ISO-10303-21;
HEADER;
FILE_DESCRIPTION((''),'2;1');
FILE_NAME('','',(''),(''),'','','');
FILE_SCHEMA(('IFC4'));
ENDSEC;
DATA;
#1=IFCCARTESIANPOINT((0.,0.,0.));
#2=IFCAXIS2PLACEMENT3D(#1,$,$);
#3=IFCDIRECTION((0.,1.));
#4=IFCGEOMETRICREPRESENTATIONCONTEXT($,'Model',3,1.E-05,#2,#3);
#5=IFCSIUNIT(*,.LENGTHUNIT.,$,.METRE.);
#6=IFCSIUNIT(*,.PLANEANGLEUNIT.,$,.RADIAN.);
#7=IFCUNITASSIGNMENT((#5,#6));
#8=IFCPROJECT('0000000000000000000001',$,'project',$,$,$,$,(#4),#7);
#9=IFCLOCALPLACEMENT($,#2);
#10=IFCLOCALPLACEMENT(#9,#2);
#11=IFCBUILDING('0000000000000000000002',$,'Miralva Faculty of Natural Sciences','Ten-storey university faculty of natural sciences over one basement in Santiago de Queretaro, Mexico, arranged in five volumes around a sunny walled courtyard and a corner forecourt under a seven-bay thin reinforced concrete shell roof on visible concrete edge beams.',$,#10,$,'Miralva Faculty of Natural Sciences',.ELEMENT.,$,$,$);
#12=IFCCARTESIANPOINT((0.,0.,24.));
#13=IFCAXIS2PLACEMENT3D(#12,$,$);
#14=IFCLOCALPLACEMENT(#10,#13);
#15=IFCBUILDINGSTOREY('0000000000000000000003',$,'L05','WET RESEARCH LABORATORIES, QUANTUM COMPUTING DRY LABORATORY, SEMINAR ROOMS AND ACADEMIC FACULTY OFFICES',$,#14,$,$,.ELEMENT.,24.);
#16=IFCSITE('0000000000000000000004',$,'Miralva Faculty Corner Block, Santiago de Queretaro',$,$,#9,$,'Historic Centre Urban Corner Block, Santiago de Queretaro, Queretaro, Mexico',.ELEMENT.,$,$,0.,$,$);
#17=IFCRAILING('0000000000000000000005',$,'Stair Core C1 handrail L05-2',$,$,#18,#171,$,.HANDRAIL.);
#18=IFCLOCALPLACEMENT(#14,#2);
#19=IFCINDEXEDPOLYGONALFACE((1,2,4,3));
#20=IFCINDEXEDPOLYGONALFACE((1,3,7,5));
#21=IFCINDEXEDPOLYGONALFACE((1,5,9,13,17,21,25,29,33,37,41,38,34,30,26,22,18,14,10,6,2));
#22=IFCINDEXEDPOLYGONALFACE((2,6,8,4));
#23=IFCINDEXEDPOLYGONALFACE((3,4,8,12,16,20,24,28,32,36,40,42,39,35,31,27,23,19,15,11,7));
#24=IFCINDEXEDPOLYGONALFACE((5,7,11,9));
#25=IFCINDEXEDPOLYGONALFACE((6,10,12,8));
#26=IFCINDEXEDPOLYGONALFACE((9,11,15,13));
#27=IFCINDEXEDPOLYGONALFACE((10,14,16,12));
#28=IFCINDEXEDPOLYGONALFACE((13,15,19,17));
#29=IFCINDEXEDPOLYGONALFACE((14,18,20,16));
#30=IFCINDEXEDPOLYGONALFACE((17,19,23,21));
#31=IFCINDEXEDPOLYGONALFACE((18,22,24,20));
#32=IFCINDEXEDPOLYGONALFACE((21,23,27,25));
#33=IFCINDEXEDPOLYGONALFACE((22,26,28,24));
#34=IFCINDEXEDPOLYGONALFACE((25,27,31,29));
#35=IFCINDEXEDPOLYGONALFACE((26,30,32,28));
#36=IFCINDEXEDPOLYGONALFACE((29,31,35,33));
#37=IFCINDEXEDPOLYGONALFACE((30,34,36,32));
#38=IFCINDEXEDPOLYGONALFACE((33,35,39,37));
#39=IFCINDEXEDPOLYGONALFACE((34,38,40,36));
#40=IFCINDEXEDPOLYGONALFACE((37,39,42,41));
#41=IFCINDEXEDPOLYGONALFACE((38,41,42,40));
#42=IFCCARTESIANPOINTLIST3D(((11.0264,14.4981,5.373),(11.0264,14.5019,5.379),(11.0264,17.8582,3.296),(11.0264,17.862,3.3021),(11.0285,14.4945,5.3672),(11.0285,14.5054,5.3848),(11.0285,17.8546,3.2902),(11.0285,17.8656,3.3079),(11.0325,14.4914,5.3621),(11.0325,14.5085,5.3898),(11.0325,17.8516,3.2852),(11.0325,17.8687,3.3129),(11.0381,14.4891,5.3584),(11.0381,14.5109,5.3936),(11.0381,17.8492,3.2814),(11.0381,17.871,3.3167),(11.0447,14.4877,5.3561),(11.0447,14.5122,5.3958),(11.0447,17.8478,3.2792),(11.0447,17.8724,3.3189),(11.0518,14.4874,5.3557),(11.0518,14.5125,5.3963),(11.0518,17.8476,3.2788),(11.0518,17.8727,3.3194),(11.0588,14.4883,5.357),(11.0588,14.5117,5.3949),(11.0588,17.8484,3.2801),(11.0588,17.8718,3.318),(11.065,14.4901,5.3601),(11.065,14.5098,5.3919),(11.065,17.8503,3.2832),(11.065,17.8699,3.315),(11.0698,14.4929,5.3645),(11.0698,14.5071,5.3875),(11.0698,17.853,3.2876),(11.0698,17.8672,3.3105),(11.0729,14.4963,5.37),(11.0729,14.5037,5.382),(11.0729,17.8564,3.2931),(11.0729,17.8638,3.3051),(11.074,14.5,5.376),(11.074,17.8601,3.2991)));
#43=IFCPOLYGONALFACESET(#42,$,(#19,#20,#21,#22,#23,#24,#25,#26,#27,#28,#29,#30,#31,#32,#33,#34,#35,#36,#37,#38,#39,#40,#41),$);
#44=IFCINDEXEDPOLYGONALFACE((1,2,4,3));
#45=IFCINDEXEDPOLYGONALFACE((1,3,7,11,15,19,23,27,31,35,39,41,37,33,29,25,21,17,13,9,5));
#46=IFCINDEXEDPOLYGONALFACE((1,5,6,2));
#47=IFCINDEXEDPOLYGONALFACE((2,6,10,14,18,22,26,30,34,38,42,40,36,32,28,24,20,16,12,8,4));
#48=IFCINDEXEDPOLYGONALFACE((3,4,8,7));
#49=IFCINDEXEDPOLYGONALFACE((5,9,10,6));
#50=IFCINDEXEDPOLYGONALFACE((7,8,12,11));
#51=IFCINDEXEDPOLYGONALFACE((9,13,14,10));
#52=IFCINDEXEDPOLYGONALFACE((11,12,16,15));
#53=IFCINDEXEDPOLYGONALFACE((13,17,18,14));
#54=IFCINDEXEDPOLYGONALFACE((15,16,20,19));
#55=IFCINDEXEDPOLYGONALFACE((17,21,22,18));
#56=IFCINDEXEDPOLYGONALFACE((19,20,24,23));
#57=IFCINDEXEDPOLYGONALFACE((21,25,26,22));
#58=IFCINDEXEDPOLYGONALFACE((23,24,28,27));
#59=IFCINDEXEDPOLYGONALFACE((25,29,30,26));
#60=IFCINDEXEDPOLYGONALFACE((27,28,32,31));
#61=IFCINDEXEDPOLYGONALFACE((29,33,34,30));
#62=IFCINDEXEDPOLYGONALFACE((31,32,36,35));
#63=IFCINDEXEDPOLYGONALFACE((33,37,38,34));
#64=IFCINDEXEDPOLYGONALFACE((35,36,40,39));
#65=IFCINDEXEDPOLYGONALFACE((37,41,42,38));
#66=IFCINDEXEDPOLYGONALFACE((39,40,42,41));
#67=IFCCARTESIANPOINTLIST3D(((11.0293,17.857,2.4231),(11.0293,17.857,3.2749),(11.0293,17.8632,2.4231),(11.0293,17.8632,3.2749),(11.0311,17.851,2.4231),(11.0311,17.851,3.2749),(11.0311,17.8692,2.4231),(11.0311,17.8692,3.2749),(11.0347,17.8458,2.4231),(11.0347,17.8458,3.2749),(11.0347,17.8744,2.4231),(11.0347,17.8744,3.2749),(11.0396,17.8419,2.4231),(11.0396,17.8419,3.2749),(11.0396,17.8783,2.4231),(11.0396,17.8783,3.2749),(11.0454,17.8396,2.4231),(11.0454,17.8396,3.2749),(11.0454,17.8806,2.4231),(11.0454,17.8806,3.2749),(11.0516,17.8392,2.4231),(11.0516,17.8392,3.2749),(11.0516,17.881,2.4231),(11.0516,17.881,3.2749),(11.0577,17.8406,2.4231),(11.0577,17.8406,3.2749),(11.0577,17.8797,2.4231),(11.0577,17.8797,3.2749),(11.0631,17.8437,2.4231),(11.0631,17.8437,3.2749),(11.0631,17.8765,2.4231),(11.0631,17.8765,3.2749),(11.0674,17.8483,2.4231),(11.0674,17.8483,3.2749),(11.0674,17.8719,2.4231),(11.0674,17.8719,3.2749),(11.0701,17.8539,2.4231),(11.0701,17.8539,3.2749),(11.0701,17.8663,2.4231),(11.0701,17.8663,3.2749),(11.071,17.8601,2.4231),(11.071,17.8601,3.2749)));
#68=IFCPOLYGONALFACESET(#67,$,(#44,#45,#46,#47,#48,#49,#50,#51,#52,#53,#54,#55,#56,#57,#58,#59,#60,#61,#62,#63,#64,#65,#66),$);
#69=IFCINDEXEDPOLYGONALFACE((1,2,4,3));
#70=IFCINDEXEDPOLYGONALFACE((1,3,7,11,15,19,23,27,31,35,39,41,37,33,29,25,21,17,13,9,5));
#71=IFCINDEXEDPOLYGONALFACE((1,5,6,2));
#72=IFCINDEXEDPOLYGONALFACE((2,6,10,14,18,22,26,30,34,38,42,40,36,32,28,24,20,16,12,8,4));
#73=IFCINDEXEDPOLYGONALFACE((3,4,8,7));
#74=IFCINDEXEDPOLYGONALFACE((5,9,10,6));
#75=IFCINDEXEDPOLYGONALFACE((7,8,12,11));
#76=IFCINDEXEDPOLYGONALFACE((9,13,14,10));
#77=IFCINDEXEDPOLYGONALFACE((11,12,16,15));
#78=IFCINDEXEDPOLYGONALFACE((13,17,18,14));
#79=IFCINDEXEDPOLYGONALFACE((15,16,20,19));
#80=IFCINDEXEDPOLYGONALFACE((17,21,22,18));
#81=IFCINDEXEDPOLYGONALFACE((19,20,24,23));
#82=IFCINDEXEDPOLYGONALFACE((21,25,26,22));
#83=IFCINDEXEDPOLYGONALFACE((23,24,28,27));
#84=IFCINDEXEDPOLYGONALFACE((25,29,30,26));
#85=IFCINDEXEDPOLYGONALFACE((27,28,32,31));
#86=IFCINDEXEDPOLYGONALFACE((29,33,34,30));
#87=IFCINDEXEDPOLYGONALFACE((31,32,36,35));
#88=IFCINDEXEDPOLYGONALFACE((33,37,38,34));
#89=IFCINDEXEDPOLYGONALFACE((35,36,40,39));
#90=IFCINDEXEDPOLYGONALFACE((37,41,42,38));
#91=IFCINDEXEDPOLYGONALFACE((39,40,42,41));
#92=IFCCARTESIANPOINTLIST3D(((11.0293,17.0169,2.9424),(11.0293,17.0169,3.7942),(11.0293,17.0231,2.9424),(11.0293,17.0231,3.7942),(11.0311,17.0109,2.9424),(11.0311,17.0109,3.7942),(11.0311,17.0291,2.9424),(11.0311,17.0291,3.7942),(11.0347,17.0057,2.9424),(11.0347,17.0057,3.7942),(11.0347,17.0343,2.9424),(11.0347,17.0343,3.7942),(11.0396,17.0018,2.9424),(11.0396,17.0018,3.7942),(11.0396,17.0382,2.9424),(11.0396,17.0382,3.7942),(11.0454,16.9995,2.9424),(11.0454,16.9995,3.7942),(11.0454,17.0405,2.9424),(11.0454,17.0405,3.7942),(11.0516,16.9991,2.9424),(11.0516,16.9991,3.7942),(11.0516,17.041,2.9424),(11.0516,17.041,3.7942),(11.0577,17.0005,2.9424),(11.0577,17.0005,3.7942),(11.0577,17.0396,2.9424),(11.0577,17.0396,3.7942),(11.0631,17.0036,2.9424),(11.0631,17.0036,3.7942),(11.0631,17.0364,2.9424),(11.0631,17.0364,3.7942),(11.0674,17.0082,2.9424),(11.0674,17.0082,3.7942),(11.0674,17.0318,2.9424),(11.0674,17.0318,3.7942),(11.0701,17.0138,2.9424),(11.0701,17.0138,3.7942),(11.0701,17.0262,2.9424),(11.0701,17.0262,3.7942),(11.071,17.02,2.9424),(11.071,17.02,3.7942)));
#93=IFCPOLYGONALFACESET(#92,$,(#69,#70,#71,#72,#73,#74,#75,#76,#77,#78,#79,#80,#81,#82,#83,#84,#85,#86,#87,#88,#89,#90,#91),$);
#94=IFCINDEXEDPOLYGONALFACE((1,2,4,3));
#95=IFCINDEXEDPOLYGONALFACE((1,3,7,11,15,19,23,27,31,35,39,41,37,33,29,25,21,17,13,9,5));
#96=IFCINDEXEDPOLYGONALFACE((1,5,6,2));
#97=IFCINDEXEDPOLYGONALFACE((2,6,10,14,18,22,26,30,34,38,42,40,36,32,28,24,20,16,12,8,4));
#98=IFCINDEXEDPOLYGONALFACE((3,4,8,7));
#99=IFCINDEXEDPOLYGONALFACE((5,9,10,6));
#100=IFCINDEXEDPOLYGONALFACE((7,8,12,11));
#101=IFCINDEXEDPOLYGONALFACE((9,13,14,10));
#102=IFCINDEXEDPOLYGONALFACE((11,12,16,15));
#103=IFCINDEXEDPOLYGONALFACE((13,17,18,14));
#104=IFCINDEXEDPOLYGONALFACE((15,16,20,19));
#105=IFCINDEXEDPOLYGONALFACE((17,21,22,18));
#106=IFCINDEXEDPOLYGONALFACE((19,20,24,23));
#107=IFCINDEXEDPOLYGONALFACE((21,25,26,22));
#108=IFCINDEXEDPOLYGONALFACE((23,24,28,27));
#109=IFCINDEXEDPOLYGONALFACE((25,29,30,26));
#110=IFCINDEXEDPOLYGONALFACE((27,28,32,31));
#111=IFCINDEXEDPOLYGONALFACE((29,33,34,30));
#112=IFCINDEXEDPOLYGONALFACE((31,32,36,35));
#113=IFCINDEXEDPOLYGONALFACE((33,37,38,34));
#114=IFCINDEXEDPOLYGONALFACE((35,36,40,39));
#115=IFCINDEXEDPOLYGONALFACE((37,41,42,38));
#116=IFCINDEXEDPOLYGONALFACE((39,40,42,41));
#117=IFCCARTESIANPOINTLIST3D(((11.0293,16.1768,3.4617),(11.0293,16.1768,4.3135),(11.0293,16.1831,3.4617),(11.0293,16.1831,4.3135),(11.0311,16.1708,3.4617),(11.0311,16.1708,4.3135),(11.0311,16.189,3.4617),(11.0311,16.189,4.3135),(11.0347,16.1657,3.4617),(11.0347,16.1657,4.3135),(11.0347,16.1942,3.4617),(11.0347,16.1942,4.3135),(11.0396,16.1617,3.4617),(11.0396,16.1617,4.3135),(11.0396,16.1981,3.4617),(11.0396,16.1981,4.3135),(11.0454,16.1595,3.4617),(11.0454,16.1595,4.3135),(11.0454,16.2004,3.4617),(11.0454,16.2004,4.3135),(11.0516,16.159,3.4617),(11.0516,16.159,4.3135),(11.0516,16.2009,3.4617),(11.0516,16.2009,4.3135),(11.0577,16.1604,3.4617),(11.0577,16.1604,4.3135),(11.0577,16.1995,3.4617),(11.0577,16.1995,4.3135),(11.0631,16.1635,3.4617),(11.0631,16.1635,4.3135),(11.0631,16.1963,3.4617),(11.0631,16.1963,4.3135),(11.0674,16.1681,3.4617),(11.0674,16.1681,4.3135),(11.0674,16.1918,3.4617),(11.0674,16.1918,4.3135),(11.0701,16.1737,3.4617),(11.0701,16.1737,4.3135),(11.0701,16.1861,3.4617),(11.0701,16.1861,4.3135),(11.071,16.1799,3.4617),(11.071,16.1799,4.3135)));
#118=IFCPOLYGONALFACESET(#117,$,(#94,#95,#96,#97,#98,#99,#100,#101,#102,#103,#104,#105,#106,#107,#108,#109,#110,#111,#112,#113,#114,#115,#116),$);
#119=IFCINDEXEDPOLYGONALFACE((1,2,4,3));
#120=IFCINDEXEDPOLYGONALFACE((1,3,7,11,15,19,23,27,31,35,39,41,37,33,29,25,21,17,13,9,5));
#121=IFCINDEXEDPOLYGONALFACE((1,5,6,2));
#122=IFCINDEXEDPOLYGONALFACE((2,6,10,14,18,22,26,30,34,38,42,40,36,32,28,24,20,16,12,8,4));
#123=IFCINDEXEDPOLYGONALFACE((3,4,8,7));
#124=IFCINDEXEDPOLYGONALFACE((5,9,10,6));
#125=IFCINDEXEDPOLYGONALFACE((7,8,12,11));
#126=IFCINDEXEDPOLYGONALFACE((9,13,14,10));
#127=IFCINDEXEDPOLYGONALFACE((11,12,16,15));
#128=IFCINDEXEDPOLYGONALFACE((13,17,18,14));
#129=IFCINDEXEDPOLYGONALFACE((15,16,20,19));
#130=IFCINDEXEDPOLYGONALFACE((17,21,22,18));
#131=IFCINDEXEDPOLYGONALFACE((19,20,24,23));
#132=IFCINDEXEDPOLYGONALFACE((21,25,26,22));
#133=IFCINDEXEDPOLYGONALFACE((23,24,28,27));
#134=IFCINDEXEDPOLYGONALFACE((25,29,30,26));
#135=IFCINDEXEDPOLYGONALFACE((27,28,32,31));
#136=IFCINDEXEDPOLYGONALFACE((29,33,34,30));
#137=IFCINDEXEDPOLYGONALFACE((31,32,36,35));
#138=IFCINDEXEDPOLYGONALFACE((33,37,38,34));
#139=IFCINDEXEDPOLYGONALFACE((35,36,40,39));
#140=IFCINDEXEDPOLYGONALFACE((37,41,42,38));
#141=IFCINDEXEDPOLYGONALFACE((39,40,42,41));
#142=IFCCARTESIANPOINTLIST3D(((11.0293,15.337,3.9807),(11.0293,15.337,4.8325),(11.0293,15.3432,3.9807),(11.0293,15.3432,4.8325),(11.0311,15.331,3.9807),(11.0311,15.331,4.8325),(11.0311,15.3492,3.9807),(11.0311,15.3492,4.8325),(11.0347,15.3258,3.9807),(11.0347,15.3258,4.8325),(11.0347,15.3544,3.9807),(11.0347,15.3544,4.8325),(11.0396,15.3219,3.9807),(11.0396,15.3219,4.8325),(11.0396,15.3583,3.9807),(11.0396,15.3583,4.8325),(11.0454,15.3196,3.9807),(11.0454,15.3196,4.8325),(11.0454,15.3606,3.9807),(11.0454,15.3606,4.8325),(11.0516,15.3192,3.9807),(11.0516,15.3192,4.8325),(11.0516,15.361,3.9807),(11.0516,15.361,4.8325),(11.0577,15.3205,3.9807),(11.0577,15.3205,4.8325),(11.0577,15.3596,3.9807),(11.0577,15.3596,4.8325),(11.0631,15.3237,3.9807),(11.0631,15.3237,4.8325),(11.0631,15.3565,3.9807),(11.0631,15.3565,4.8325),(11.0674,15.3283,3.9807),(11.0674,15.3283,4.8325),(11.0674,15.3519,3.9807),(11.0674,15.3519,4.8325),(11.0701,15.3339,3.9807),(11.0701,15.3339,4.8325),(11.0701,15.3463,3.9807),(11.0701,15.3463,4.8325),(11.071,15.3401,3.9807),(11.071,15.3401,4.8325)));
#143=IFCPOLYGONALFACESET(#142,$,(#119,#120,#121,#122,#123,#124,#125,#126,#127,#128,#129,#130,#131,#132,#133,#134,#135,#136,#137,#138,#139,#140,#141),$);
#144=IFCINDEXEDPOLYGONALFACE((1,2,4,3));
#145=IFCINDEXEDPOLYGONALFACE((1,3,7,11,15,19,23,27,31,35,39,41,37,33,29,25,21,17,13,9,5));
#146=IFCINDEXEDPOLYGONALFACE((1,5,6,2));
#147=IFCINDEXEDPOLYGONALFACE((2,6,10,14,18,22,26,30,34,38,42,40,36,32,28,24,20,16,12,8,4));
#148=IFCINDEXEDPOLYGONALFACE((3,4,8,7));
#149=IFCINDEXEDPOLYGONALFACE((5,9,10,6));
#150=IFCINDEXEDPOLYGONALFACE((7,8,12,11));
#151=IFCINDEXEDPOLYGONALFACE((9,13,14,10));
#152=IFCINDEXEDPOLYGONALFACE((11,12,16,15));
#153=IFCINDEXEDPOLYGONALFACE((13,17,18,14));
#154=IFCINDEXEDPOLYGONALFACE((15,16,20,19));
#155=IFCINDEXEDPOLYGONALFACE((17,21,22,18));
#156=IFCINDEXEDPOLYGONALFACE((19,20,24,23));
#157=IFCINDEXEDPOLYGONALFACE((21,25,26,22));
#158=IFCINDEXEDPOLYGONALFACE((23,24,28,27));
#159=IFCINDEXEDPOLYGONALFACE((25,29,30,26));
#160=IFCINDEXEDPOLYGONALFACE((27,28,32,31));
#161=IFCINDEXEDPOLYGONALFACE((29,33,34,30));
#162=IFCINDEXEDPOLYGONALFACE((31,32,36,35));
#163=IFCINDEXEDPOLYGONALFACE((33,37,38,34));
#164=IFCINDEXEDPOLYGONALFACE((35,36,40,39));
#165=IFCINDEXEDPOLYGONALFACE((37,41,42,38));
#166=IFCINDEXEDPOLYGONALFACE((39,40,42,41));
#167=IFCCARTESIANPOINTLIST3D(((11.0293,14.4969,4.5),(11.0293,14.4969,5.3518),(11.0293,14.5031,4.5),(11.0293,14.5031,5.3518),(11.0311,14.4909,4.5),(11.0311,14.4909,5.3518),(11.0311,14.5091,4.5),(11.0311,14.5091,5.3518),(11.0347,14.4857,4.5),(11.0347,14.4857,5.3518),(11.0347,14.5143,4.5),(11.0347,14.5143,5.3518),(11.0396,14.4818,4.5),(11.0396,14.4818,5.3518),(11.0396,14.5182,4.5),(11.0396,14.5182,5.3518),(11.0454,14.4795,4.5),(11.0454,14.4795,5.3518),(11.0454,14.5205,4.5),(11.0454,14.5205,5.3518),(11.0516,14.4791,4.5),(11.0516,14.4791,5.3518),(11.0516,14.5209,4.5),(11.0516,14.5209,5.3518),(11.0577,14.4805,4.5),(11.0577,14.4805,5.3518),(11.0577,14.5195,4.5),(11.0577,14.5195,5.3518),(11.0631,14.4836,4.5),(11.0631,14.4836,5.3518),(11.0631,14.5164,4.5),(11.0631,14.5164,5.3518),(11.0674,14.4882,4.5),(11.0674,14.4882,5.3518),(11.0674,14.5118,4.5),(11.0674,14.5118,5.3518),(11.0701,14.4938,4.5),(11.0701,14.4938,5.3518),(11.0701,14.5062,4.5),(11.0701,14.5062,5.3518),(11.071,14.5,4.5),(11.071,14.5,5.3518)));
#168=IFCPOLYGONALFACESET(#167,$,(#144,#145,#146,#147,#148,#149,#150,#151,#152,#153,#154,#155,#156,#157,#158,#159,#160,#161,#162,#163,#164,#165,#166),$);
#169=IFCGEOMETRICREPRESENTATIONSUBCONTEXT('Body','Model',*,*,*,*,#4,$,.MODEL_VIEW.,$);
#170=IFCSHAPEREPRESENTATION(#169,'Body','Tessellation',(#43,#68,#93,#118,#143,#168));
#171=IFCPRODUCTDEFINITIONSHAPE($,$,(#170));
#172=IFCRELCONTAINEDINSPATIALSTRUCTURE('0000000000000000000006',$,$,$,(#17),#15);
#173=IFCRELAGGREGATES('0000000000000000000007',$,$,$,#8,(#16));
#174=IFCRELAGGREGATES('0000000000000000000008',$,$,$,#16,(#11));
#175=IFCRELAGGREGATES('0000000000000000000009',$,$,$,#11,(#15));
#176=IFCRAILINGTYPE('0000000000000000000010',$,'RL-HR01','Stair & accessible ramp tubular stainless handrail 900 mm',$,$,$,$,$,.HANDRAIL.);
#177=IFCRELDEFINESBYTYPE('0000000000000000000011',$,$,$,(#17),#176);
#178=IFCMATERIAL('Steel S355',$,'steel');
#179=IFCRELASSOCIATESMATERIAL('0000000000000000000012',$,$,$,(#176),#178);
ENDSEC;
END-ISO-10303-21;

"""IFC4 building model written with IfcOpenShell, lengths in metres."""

from ifc_helpers import new_model, si_unit, direction, frame, origin, origin_2d, place, context, subcontext, project, spatial, circle, extrude, material, type_object, element, save


model = new_model("IFC4")

# Units and contexts
model_context = context("Model", 3, precision=1e-05, world=origin(), true_north=direction((0.0, 1.0)))
body_context = subcontext(model_context, "Body", "Model", "MODEL_VIEW")
ifc_project = project(units=[si_unit("LENGTHUNIT", "METRE"), si_unit("PLANEANGLEUNIT", "RADIAN")], contexts=[model_context])

# Site, building, storey
site_placement = place(None, origin())
site = spatial("IfcSite", under=ifc_project, at=site_placement, Name="Miralva Faculty Corner Block, Santiago de Queretaro", LongName="Historic Centre Urban Corner Block, Santiago de Queretaro, Queretaro, Mexico", CompositionType="ELEMENT", RefElevation=0.0)
building_placement = place(site_placement, origin())
building = spatial("IfcBuilding", under=site, at=building_placement, Name="Miralva Faculty of Natural Sciences", Description="Ten-storey university faculty of natural sciences over one basement in Santiago de Queretaro, Mexico, arranged in five volumes around a sunny walled courtyard and a corner forecourt under a seven-bay thin reinforced concrete shell roof on visible concrete edge beams.", LongName="Miralva Faculty of Natural Sciences", CompositionType="ELEMENT")
storey_placement = place(building_placement, frame((0.0, 0.0, 24.0)))
storey = spatial("IfcBuildingStorey", under=building, at=storey_placement, Name="L05", Description="WET RESEARCH LABORATORIES, QUANTUM COMPUTING DRY LABORATORY, SEMINAR ROOMS AND ACADEMIC FACULTY OFFICES", CompositionType="ELEMENT", Elevation=24.0)

# Railing
ifc_material_1 = material(Name="Steel S355", Category="steel")
railing_type_1 = type_object("IfcRailingType", Name="RL-HR01", Description="Stair & accessible ramp tubular stainless handrail 900 mm", PredefinedType="HANDRAIL", material=ifc_material_1)
railing_1_placement = place(storey_placement, frame((11.05, 17.8601, 2.4231)))
element("IfcRailing", 1, at=railing_1_placement, inside=storey, type_object=railing_type_1, Name="Stair Core C1 handrail L05-2", PredefinedType="HANDRAIL", context=body_context, shape_type="SweptSolid", body=[
    extrude(circle(Radius=0.0239, at=origin_2d()), frame((0.0, 0.0, 0.876), z_axis=(0.0, -0.850623, 0.525776), x_axis=(1.0, 0.0, 0.0)), (0.0, 0.0, 1.0), 3.9502),
    extrude(circle(Radius=0.021, at=origin_2d()), origin(), (0.0, 0.0, 1.0), 0.8518),
    extrude(circle(Radius=0.021, at=origin_2d()), frame((0.0, -0.8401, 0.5193)), (0.0, 0.0, 1.0), 0.8518),
    extrude(circle(Radius=0.021, at=origin_2d()), frame((0.0, -1.6802, 1.0386)), (0.0, 0.0, 1.0), 0.8518),
    extrude(circle(Radius=0.021, at=origin_2d()), frame((0.0, -2.52, 1.5576)), (0.0, 0.0, 1.0), 0.8518),
    extrude(circle(Radius=0.021, at=origin_2d()), frame((0.0, -3.3601, 2.0769)), (0.0, 0.0, 1.0), 0.8518),
])

save(model, "model.ifc")
